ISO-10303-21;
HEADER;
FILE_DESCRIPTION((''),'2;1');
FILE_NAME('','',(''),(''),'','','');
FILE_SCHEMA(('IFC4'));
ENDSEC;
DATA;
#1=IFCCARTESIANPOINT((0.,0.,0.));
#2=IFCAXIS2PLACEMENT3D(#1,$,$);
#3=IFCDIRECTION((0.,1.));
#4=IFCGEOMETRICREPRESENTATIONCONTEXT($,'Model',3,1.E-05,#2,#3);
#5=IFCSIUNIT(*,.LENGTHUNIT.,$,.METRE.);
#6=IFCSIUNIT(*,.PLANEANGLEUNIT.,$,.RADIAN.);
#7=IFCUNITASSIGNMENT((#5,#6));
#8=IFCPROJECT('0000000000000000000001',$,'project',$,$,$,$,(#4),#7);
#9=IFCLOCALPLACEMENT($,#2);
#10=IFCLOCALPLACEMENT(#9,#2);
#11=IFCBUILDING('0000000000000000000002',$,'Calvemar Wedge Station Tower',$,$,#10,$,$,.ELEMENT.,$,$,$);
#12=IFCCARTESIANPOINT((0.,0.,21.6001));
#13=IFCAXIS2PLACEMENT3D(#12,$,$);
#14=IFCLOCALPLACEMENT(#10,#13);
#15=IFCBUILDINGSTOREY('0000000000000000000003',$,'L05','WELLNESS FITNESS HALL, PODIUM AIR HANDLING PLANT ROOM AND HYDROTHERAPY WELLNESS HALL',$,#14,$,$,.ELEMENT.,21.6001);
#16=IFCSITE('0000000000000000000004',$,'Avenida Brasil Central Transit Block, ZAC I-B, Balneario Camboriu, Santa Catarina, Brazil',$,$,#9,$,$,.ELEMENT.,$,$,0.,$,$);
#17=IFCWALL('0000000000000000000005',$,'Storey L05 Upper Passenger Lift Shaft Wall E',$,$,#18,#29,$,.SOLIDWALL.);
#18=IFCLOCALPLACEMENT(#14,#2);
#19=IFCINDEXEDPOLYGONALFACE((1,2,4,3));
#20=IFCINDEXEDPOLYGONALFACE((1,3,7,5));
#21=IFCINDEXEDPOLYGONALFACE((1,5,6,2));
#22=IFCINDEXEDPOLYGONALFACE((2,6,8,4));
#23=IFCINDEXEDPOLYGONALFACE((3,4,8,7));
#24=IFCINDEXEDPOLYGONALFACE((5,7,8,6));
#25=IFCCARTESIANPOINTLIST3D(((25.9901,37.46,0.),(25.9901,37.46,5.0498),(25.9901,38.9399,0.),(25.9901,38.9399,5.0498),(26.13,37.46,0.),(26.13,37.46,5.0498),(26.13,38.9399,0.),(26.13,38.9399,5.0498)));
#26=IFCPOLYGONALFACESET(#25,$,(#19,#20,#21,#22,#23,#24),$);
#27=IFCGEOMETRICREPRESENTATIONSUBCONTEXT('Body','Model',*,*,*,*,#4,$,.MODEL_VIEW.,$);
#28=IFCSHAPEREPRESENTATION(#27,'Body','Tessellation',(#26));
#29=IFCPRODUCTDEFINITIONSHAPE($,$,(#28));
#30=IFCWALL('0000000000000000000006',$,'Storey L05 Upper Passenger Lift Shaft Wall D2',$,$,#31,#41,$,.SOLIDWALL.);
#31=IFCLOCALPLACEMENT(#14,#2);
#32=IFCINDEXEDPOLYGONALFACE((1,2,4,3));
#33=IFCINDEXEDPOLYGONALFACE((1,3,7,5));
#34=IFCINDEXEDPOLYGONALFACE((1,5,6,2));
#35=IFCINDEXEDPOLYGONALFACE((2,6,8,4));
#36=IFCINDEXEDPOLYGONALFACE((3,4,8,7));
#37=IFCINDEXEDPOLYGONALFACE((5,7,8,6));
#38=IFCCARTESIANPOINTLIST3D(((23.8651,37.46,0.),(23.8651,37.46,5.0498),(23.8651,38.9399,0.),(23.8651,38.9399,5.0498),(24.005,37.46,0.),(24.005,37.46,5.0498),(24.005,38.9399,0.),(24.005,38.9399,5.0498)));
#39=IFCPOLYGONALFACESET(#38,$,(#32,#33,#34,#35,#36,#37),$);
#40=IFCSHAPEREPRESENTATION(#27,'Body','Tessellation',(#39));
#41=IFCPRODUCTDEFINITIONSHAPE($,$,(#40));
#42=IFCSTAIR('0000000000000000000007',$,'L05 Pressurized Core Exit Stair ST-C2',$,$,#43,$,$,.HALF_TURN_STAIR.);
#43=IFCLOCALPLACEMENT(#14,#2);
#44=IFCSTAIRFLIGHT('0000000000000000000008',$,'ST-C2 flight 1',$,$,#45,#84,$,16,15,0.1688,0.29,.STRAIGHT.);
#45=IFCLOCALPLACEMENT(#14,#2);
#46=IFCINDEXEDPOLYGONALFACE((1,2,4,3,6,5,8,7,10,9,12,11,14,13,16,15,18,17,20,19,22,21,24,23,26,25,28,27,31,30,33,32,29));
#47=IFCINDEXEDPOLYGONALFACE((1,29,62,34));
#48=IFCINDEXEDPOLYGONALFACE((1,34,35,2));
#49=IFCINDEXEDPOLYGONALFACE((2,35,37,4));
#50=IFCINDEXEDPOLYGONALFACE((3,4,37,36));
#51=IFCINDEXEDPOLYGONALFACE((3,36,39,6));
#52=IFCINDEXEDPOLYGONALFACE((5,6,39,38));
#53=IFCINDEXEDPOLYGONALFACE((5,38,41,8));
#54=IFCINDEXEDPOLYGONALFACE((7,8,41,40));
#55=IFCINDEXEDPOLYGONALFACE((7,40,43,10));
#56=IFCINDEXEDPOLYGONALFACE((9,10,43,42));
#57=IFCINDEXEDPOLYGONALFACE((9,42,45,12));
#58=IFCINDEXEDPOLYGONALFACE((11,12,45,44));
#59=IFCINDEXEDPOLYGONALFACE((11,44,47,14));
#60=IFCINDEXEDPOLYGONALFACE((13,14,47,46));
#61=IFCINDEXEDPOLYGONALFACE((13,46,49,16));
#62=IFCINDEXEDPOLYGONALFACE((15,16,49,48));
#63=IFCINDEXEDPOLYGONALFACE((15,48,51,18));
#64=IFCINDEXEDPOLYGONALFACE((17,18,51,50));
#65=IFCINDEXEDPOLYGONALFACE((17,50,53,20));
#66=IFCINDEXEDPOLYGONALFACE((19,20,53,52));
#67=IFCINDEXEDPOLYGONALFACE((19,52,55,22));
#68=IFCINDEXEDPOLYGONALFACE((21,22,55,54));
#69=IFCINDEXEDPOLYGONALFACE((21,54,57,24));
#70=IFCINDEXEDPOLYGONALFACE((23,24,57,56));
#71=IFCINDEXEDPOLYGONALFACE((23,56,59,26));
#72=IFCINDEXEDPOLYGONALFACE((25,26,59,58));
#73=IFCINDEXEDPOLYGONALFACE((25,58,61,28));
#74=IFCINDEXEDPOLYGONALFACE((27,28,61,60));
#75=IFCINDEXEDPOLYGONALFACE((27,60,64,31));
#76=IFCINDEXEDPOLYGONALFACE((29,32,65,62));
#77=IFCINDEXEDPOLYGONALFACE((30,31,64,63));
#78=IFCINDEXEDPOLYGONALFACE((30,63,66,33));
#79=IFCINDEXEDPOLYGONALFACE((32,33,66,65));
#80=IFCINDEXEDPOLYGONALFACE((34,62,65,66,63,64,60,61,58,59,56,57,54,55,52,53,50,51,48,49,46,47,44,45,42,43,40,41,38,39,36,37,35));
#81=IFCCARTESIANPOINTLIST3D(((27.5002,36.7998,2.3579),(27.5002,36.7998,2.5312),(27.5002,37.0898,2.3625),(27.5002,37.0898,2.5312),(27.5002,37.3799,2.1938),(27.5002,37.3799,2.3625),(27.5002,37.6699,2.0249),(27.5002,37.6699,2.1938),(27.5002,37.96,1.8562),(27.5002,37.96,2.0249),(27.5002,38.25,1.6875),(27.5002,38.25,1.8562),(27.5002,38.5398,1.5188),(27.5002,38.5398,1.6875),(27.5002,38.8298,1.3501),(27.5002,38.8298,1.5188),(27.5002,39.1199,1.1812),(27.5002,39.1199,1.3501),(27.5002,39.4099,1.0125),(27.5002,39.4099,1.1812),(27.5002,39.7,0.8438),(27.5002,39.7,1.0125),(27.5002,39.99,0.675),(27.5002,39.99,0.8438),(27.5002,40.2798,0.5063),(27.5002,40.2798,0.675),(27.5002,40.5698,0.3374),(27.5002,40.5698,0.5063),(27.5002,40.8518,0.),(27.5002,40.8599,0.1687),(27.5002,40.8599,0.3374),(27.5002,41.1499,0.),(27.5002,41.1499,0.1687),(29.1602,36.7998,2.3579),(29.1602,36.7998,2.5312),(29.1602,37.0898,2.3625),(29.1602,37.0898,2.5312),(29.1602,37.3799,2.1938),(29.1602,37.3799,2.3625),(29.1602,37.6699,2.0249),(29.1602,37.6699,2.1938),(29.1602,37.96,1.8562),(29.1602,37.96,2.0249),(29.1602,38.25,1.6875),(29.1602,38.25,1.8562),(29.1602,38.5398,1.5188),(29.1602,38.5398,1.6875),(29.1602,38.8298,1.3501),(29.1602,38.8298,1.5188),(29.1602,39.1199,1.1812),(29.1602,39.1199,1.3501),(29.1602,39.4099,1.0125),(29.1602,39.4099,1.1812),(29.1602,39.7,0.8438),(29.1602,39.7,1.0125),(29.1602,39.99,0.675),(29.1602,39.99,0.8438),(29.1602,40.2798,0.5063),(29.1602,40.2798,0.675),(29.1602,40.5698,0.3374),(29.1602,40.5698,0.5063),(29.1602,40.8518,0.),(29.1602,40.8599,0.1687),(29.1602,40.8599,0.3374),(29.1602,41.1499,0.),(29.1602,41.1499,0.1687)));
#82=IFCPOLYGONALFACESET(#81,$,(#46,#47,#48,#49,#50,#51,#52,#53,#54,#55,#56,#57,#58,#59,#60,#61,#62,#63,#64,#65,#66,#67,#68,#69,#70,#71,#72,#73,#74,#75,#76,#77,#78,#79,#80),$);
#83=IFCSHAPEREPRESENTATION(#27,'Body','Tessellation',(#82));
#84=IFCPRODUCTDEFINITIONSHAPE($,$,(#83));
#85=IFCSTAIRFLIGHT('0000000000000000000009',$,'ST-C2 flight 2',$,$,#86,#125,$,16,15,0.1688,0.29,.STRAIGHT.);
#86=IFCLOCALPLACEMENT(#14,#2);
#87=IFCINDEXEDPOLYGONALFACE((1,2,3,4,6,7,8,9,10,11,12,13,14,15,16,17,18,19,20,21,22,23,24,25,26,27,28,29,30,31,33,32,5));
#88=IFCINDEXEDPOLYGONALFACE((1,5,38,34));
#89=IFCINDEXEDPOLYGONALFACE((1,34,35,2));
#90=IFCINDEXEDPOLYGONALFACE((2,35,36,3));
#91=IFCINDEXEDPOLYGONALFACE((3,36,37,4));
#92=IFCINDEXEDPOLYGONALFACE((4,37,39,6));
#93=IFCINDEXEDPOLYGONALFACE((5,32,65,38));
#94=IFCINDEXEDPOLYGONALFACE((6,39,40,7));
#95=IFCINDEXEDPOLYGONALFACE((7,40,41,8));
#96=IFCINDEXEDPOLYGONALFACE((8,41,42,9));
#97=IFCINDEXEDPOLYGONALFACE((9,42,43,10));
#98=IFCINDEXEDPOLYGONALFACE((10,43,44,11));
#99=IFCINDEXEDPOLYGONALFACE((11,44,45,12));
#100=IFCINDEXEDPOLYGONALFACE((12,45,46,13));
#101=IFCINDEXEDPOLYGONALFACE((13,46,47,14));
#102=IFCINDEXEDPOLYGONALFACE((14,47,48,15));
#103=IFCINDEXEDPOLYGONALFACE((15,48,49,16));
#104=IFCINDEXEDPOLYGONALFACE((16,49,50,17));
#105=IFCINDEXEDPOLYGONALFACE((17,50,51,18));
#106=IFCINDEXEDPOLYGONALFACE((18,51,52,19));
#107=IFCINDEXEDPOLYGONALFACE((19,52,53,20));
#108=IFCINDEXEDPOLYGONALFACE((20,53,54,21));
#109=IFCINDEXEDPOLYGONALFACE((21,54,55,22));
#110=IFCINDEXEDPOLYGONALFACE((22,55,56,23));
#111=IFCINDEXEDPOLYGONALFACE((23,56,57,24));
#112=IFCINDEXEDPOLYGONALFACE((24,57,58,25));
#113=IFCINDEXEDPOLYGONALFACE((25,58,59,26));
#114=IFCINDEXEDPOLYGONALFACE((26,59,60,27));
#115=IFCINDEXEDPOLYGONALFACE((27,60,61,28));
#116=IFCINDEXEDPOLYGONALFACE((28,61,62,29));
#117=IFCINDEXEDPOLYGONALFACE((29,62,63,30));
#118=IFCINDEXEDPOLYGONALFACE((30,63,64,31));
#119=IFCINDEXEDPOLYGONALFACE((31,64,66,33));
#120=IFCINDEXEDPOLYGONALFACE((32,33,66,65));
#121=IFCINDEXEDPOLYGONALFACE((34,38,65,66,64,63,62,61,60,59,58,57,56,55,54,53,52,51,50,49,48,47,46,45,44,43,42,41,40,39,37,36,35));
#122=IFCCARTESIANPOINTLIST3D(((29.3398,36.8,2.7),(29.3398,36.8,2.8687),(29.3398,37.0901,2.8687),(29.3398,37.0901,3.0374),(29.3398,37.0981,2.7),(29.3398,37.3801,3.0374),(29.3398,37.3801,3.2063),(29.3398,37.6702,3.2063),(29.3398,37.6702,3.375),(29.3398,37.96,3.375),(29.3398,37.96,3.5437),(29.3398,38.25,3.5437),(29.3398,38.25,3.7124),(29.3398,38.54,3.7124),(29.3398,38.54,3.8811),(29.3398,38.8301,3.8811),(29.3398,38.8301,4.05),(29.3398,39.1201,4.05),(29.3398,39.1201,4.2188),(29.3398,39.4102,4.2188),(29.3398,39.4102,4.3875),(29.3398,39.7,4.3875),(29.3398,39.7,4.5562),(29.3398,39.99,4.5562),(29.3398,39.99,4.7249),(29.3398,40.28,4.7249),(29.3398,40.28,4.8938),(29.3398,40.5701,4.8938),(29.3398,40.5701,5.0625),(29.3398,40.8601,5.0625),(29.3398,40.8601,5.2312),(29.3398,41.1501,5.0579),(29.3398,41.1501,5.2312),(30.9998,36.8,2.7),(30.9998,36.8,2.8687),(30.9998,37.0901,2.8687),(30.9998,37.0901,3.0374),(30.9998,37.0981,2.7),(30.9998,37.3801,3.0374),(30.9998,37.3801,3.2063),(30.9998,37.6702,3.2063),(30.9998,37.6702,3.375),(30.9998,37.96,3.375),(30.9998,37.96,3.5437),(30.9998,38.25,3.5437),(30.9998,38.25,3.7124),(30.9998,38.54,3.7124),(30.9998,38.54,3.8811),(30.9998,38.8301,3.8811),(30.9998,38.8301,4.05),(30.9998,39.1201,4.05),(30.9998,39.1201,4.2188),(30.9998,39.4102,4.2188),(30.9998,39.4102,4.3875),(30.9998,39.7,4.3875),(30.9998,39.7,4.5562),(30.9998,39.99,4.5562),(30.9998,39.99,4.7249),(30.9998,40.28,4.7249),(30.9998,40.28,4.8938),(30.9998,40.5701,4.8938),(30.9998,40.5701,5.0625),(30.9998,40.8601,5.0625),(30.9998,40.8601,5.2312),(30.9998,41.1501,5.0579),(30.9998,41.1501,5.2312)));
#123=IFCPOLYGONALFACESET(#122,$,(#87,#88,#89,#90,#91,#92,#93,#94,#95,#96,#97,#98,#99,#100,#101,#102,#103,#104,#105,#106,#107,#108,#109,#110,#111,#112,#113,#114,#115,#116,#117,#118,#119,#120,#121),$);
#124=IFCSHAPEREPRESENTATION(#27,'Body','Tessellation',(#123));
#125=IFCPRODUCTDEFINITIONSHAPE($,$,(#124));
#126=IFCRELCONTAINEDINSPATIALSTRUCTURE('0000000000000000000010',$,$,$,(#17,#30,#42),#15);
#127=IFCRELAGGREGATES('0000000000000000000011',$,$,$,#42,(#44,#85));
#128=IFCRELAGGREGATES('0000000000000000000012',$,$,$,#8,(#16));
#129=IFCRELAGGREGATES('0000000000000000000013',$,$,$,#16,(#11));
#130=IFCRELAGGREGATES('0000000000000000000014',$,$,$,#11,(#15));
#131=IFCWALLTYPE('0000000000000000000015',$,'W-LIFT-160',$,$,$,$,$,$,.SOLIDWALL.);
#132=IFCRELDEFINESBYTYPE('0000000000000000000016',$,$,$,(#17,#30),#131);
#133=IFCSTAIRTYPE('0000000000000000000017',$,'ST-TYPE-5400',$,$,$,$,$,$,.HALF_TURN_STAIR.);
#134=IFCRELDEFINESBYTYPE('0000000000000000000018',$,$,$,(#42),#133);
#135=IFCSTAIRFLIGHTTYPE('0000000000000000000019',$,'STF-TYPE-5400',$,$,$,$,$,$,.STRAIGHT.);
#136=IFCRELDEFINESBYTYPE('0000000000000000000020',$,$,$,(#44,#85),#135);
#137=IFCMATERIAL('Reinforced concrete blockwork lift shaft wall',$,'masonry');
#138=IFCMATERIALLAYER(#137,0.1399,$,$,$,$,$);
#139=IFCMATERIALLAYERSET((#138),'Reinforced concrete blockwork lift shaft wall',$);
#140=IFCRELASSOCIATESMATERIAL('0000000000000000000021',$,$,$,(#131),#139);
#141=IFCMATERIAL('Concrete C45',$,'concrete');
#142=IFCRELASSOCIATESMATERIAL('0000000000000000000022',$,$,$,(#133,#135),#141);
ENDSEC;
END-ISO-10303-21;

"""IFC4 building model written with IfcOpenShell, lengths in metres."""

from ifc_helpers import new_model, si_unit, direction, frame, frame_2d, origin, place, context, subcontext, project, spatial, polyline, rectangle, outline, extrude, material, layer, layer_set, type_object, element, aggregate, save


model = new_model("IFC4")

# Units and contexts
model_context = context("Model", 3, precision=1e-05, world=origin(), true_north=direction((0.0, 1.0)))
body_context = subcontext(model_context, "Body", "Model", "MODEL_VIEW")
ifc_project = project(units=[si_unit("LENGTHUNIT", "METRE"), si_unit("PLANEANGLEUNIT", "RADIAN")], contexts=[model_context])

# Site, building, storey
site_placement = place(None, origin())
site = spatial("IfcSite", under=ifc_project, at=site_placement, Name="Avenida Brasil Central Transit Block, ZAC I-B, Balneario Camboriu, Santa Catarina, Brazil", CompositionType="ELEMENT", RefElevation=0.0)
building_placement = place(site_placement, origin())
building = spatial("IfcBuilding", under=site, at=building_placement, Name="Calvemar Wedge Station Tower", CompositionType="ELEMENT")
storey_placement = place(building_placement, frame((0.0, 0.0, 21.6001)))
storey = spatial("IfcBuildingStorey", under=building, at=storey_placement, Name="L05", Description="WELLNESS FITNESS HALL, PODIUM AIR HANDLING PLANT ROOM AND HYDROTHERAPY WELLNESS HALL", CompositionType="ELEMENT", Elevation=21.6001)

# Walls
ifc_material_1 = material(Name="Reinforced concrete blockwork lift shaft wall", Category="masonry")
ifc_layer_1 = layer(ifc_material_1, 0.1399)
ifc_layer_set_1 = layer_set([ifc_layer_1], Name="Reinforced concrete blockwork lift shaft wall")
wall_type_1 = type_object("IfcWallType", Name="W-LIFT-160", PredefinedType="SOLIDWALL", material=ifc_layer_set_1)
for number, where, z_axis, x_axis, name in (
    (1, (26.0601, 37.46, 0.0), (0.0, 0.0, 1.0), (0.0, 1.0, 0.0), "Storey L05 Upper Passenger Lift Shaft Wall E"),
    (2, (23.9351, 37.46, 0.0), (0.0, 0.0, 1.0), (0.0, 1.0, 0.0), "Storey L05 Upper Passenger Lift Shaft Wall D2"),
):
    element("IfcWall", number, at=place(storey_placement, frame(where, z_axis=z_axis, x_axis=x_axis)), inside=storey, type_object=wall_type_1, Name=name, PredefinedType="SOLIDWALL", context=body_context, shape_type="SweptSolid", body=[
        extrude(rectangle(XDim=1.48, YDim=0.1399, at=frame_2d((0.74, 0.0))), origin(), (0.0, 0.0, 1.0), 5.0498),
    ])

# Stair, stair flights
ifc_material_2 = material(Name="Concrete C45", Category="concrete")
stair_type = type_object("IfcStairType", Name="ST-TYPE-5400", PredefinedType="HALF_TURN_STAIR", material=ifc_material_2)
stair_placement = place(storey_placement, origin())
stair = element("IfcStair", 3, at=stair_placement, inside=storey, type_object=stair_type, Name="L05 Pressurized Core Exit Stair ST-C2", PredefinedType="HALF_TURN_STAIR")
stair_flight_type = type_object("IfcStairFlightType", Name="STF-TYPE-5400", PredefinedType="STRAIGHT", material=ifc_material_2)
stair_flight_1_placement = place(storey_placement, frame((28.3301, 41.1499, 0.0), z_axis=(0.0, 0.0, 1.0), x_axis=(0.0, -1.0, 0.0)))
stair_flight_1 = element("IfcStairFlight", 4, at=stair_flight_1_placement, type_object=stair_flight_type, Name="ST-C2 flight 1", NumberOfRisers=16, NumberOfTreads=15, PredefinedType="STRAIGHT", RiserHeight=0.1688, TreadLength=0.29, context=body_context, shape_type="SweptSolid", body=[
    extrude(outline(polyline([(0.0, 0.0), (0.0, 0.1687), (0.29, 0.1687), (0.29, 0.3374), (0.5801, 0.3374), (0.5801, 0.5063), (0.8701, 0.5063), (0.8701, 0.675), (1.1599, 0.675), (1.1599, 0.8438), (1.45, 0.8438), (1.45, 1.0125), (1.74, 1.0125), (1.74, 1.1812), (2.03, 1.1812), (2.03, 1.3501), (2.3201, 1.3501), (2.3201, 1.5188), (2.6101, 1.5188), (2.6101, 1.6875), (2.8999, 1.6875), (2.8999, 1.8562), (3.1899, 1.8562), (3.1899, 2.0249), (3.48, 2.0249), (3.48, 2.1938), (3.77, 2.1938), (3.77, 2.3625), (4.0601, 2.3625), (4.0601, 2.5312), (4.3501, 2.5312), (4.3501, 2.7), (4.3501, 2.3579), (0.2981, 0.0), (0.0, 0.0)])), frame((0.0, 0.8301, 0.0), z_axis=(0.0, -1.0, 0.0), x_axis=(1.0, 0.0, 0.0)), (0.0, 0.0, 1.0), 1.6599),
])
stair_flight_2_placement = place(storey_placement, frame((30.1699, 36.8, 2.7), z_axis=(0.0, 0.0, 1.0), x_axis=(0.0, 1.0, 0.0)))
stair_flight_2 = element("IfcStairFlight", 5, at=stair_flight_2_placement, type_object=stair_flight_type, Name="ST-C2 flight 2", NumberOfRisers=16, NumberOfTreads=15, PredefinedType="STRAIGHT", RiserHeight=0.1688, TreadLength=0.29, context=body_context, shape_type="SweptSolid", body=[
    extrude(outline(polyline([(0.0, 0.0), (0.0, 0.1687), (0.29, 0.1687), (0.29, 0.3374), (0.5801, 0.3374), (0.5801, 0.5063), (0.8701, 0.5063), (0.8701, 0.675), (1.1599, 0.675), (1.1599, 0.8438), (1.45, 0.8438), (1.45, 1.0125), (1.74, 1.0125), (1.74, 1.1812), (2.03, 1.1812), (2.03, 1.3501), (2.3201, 1.3501), (2.3201, 1.5188), (2.6101, 1.5188), (2.6101, 1.6875), (2.8999, 1.6875), (2.8999, 1.8562), (3.1899, 1.8562), (3.1899, 2.0249), (3.48, 2.0249), (3.48, 2.1938), (3.77, 2.1938), (3.77, 2.3625), (4.0601, 2.3625), (4.0601, 2.5312), (4.3501, 2.5312), (4.3501, 2.7), (4.3501, 2.3579), (0.2981, 0.0), (0.0, 0.0)])), frame((0.0, 0.8301, 0.0), z_axis=(0.0, -1.0, 0.0), x_axis=(1.0, 0.0, 0.0)), (0.0, 0.0, 1.0), 1.6599),
])
aggregate(stair, [stair_flight_1, stair_flight_2])

save(model, "model.ifc")
